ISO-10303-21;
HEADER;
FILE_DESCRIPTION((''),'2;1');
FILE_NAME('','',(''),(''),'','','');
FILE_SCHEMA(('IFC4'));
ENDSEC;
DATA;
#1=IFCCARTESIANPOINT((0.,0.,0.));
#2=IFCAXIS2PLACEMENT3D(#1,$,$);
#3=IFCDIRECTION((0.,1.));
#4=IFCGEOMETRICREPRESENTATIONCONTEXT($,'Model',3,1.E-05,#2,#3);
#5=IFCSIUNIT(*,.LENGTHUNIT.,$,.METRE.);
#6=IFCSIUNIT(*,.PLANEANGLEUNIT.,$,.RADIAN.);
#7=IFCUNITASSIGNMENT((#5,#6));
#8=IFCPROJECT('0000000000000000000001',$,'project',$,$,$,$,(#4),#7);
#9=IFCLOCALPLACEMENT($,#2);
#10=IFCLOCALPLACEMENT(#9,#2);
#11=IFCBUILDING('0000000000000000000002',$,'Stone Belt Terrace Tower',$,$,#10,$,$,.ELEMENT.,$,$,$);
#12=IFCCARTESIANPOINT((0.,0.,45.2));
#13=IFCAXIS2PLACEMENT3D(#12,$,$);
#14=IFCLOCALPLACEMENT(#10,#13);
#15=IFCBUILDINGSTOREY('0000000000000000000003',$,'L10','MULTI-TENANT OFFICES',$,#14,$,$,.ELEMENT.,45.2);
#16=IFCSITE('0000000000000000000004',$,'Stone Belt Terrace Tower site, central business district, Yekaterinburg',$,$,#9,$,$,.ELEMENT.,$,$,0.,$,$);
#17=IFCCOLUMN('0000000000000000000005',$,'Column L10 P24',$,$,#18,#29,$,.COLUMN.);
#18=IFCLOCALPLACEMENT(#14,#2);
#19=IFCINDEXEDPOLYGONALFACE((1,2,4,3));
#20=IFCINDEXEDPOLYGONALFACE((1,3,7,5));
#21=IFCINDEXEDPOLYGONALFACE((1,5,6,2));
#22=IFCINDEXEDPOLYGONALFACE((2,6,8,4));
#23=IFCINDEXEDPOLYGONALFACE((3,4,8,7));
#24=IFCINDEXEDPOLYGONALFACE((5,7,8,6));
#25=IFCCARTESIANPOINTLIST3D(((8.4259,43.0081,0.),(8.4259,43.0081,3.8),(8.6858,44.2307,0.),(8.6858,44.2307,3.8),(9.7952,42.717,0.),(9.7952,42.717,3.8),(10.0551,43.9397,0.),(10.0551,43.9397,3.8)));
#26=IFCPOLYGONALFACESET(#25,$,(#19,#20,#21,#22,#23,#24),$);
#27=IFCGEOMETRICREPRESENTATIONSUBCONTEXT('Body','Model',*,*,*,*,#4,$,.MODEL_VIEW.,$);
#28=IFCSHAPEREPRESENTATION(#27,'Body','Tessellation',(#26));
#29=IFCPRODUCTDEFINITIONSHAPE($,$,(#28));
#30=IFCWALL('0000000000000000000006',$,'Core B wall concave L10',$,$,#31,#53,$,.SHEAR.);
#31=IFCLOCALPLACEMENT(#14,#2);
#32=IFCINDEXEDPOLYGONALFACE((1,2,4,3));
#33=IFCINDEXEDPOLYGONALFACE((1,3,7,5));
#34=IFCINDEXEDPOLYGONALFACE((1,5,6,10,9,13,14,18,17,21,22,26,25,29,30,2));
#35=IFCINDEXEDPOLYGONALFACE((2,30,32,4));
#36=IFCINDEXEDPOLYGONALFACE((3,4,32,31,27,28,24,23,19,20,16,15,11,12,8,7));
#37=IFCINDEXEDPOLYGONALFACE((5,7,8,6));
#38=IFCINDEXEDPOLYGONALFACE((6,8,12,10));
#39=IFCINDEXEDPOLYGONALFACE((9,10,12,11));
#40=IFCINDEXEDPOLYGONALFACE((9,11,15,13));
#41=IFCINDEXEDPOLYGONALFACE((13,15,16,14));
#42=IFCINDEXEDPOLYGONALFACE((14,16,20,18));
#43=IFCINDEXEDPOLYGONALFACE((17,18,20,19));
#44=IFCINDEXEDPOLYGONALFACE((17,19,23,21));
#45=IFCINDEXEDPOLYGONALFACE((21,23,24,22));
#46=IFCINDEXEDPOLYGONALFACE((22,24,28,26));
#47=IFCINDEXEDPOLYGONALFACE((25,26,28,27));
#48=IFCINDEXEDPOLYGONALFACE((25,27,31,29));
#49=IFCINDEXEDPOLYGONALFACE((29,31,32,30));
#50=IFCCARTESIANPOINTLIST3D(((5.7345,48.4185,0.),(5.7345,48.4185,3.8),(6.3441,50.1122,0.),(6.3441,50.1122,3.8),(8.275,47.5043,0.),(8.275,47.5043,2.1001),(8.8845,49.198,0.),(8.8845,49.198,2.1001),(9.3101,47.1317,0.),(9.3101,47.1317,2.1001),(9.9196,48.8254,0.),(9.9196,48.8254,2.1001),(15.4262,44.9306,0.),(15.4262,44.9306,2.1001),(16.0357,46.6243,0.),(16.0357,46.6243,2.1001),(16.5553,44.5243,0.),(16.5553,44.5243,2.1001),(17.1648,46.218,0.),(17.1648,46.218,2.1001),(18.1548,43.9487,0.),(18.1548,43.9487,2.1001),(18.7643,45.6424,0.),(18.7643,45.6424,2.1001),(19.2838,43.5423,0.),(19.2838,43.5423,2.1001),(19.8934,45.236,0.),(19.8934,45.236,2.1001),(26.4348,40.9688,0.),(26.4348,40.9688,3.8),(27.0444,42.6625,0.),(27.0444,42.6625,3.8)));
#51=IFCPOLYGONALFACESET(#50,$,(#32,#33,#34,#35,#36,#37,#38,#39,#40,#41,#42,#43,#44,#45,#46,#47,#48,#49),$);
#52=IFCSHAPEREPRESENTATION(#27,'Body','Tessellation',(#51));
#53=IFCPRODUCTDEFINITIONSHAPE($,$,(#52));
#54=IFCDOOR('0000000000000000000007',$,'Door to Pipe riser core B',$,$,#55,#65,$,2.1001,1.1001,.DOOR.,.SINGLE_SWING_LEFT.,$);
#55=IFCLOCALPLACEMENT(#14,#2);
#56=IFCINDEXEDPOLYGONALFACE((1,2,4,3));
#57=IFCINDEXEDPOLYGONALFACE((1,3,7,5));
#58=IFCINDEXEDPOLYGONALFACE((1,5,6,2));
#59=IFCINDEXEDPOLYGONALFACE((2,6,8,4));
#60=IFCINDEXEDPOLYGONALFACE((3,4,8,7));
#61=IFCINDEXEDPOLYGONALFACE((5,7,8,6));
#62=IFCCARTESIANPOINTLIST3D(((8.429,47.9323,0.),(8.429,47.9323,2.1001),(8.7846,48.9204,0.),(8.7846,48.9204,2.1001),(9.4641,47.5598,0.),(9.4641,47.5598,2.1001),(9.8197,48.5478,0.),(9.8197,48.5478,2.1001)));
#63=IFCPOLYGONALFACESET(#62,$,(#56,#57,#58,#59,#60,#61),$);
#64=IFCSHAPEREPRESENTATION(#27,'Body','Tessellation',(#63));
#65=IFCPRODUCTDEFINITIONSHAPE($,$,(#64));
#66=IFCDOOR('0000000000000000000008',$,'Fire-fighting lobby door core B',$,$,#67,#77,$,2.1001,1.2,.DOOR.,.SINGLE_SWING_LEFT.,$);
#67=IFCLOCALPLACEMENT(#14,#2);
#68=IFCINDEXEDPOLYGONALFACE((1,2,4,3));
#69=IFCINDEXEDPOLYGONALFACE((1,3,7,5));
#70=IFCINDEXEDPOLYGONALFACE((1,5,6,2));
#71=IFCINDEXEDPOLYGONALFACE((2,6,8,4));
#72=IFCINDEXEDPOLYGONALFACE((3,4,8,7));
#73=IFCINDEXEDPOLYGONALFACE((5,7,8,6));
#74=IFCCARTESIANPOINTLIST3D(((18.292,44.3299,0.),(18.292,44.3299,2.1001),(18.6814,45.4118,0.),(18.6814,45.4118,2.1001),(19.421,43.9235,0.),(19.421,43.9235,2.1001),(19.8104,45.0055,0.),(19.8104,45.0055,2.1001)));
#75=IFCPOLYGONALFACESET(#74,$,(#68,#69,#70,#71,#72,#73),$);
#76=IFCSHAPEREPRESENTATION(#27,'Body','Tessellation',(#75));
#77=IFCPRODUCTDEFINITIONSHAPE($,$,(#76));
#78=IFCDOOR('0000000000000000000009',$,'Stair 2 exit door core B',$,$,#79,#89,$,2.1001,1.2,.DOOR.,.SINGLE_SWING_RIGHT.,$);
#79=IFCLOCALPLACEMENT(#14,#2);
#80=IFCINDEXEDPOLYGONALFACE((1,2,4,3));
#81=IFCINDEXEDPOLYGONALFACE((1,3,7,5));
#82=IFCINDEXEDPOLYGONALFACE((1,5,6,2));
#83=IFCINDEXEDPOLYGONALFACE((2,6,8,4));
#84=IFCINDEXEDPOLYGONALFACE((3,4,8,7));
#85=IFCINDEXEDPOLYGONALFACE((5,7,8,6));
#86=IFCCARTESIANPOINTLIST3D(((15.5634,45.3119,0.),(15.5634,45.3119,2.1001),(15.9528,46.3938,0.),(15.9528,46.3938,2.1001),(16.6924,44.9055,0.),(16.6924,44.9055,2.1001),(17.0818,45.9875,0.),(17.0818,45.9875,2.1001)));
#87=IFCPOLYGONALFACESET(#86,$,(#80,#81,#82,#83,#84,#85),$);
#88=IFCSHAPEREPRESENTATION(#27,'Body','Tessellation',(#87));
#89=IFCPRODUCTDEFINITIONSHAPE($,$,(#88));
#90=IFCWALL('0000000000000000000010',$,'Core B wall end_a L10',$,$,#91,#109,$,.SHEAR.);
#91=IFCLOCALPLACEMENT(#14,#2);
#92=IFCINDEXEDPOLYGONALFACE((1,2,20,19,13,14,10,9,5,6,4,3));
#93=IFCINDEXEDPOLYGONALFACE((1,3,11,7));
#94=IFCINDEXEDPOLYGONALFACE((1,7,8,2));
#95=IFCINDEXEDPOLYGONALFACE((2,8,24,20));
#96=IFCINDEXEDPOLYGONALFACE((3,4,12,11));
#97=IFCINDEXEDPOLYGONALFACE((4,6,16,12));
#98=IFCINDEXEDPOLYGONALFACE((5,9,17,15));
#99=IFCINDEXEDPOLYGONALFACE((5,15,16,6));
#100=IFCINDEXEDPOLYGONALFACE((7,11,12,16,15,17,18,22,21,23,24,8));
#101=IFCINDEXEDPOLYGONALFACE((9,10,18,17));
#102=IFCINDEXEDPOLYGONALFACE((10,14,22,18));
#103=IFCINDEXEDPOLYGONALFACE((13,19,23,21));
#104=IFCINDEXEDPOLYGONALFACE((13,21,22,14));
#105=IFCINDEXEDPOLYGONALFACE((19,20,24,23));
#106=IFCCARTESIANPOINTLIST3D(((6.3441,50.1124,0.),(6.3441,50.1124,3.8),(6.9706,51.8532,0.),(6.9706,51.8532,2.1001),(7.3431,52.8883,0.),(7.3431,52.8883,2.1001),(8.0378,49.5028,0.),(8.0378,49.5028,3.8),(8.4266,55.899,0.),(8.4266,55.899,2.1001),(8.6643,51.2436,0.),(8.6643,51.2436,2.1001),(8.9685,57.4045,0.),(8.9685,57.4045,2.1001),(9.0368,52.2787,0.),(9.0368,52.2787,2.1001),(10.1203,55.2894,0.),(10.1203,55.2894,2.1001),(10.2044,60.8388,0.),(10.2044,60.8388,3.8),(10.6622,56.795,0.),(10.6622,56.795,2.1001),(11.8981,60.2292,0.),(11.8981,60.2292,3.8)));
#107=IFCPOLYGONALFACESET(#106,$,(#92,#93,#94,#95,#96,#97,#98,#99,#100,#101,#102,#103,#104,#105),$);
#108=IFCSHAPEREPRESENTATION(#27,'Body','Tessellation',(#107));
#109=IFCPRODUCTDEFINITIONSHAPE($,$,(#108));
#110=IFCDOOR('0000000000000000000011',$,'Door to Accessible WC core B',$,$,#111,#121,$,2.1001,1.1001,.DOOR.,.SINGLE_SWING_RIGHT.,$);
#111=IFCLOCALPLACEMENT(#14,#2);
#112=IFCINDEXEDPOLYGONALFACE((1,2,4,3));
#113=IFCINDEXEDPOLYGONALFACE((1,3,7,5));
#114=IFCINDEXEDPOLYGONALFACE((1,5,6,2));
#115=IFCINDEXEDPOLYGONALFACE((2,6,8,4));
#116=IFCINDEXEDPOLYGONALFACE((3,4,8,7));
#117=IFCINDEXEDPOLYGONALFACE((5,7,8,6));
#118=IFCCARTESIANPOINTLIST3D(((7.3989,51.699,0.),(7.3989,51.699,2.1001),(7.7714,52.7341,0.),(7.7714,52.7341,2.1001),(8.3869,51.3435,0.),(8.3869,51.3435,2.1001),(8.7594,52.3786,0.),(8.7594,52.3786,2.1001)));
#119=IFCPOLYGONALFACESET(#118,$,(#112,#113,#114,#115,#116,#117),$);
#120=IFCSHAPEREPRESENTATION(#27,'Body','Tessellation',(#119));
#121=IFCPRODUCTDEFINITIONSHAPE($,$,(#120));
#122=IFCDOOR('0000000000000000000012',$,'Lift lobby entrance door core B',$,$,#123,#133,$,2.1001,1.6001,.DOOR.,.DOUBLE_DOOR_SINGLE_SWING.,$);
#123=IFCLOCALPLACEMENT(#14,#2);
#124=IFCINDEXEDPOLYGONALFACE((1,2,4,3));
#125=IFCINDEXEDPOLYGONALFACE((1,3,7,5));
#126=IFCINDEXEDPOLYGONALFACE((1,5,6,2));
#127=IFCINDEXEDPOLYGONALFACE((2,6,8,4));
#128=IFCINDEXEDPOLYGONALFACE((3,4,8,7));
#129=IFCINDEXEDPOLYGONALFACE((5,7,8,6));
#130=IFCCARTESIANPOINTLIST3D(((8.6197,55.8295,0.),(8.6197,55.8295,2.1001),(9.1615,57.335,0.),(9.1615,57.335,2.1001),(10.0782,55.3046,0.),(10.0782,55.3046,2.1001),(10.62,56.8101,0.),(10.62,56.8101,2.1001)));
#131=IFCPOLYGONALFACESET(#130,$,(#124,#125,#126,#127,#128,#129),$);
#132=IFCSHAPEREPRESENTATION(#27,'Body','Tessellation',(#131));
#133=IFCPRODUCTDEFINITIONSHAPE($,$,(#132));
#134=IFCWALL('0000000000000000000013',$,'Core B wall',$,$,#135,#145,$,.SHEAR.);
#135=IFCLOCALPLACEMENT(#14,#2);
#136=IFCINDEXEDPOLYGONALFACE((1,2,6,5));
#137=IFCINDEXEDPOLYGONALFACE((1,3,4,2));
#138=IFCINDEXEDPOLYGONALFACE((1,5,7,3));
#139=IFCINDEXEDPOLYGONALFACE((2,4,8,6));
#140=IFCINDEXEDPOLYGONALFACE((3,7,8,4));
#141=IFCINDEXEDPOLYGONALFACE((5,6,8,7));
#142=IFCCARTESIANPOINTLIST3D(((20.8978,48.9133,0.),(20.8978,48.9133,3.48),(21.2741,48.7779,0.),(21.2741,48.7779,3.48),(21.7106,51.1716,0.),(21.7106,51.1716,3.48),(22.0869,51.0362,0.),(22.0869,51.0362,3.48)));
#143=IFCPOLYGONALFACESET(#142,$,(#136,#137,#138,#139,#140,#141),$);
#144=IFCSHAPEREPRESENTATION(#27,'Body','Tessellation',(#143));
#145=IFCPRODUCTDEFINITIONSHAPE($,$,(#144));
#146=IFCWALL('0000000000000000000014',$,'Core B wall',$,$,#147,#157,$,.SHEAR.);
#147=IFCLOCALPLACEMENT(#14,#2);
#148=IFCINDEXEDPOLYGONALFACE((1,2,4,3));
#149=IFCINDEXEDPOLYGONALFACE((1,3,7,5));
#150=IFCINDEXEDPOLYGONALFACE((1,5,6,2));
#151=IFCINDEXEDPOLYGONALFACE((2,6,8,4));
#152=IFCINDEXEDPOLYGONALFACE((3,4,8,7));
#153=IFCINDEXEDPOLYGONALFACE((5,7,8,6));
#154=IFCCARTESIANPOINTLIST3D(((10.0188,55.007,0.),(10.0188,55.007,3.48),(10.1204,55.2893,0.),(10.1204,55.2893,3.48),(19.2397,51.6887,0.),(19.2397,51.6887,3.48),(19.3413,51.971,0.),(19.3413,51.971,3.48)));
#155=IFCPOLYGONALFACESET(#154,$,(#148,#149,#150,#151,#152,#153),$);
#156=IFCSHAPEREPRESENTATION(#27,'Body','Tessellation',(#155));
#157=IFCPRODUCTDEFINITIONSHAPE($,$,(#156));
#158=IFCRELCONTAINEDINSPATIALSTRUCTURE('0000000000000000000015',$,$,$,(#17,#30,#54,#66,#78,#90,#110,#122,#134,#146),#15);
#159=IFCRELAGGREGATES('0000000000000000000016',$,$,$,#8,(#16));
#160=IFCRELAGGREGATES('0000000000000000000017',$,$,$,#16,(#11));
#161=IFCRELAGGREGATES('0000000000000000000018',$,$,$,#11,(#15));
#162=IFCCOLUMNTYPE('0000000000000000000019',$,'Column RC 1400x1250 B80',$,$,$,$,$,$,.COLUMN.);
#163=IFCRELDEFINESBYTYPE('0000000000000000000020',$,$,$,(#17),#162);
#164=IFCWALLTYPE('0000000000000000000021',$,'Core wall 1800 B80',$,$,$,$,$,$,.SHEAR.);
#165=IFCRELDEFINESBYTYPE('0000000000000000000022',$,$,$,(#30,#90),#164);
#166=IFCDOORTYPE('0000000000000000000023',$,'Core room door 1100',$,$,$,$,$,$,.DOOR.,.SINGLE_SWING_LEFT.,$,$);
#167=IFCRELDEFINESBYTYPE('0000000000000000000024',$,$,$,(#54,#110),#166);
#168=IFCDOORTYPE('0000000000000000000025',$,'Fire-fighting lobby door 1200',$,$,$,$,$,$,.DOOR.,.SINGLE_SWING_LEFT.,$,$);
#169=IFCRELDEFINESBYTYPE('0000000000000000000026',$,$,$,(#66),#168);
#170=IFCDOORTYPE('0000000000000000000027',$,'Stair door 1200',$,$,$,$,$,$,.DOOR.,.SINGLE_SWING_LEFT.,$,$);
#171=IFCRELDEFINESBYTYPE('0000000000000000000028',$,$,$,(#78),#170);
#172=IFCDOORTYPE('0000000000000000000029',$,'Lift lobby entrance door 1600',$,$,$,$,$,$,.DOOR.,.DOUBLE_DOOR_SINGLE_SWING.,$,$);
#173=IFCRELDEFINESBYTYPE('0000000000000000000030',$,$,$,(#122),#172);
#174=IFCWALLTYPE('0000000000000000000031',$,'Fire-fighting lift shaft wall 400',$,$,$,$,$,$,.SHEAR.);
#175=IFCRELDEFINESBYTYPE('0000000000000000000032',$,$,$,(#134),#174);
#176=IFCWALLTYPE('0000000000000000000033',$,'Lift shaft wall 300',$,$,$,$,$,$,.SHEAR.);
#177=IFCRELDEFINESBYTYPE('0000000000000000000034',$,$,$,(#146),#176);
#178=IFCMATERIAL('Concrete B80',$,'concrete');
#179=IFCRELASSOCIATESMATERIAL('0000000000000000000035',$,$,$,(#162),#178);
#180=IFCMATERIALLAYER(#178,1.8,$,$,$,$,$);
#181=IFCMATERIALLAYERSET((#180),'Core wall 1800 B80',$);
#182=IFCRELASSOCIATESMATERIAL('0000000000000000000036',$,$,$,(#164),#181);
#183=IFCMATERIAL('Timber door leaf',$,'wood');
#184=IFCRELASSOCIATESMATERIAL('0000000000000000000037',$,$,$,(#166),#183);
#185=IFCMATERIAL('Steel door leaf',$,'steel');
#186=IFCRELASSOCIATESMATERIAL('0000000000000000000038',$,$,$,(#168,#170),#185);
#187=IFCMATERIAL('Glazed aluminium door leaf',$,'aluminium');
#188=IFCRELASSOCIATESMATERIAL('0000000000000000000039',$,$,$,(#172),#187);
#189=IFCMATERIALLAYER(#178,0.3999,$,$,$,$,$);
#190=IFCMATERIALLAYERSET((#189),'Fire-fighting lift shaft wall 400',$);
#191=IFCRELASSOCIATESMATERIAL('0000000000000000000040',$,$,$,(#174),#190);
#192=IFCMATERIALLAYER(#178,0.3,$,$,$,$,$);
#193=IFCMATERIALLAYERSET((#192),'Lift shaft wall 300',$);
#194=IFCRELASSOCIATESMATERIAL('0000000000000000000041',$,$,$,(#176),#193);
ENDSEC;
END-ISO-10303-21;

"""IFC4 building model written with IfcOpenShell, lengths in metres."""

from ifc_helpers import new_model, si_unit, direction, frame, frame_2d, origin, origin_2d, place, context, subcontext, project, spatial, rectangle, extrude, material, layer, layer_set, material_profile, profile_set, type_object, element, fill, save


model = new_model("IFC4")

# Units and contexts
model_context = context("Model", 3, precision=1e-05, world=origin(), true_north=direction((0.0, 1.0)))
body_context = subcontext(model_context, "Body", "Model", "MODEL_VIEW")
ifc_project = project(units=[si_unit("LENGTHUNIT", "METRE"), si_unit("PLANEANGLEUNIT", "RADIAN")], contexts=[model_context])

# Site, building, storey
site_placement = place(None, origin())
site = spatial("IfcSite", under=ifc_project, at=site_placement, Name="Stone Belt Terrace Tower site, central business district, Yekaterinburg", CompositionType="ELEMENT", RefElevation=0.0)
building_placement = place(site_placement, origin())
building = spatial("IfcBuilding", under=site, at=building_placement, Name="Stone Belt Terrace Tower", CompositionType="ELEMENT")
storey_placement = place(building_placement, frame((0.0, 0.0, 45.2)))
storey = spatial("IfcBuildingStorey", under=building, at=storey_placement, Name="L10", Description="MULTI-TENANT OFFICES", CompositionType="ELEMENT", Elevation=45.2)

# Column
ifc_material_1 = material(Name="Concrete B80", Category="concrete")
ifc_material_profile = material_profile(ifc_material_1, rectangle(XDim=1.3999, YDim=1.25, at=origin_2d()), Name="RC 1400x1250")
ifc_profile_set = profile_set([ifc_material_profile], Name="Concrete B80")
column_type = type_object("IfcColumnType", Name="Column RC 1400x1250 B80", PredefinedType="COLUMN", material=ifc_profile_set)
column_placement = place(storey_placement, frame((9.2405, 43.4739, 0.0), z_axis=(0.0, 0.0, 1.0), x_axis=(0.978148, -0.207912, 0.0)))
element("IfcColumn", 1, at=column_placement, inside=storey, type_object=column_type, Name="Column L10 P24", PredefinedType="COLUMN", context=body_context, shape_type="SweptSolid", body=[
    extrude(rectangle(XDim=1.3999, YDim=1.25, at=origin_2d()), origin(), (0.0, 0.0, 1.0), 3.8),
])

# Walls, openings, doors
ifc_layer_1 = layer(ifc_material_1, 1.8)
ifc_layer_set_1 = layer_set([ifc_layer_1], Name="Core wall 1800 B80")
wall_type_1 = type_object("IfcWallType", Name="Core wall 1800 B80", PredefinedType="SHEAR", material=ifc_layer_set_1)
wall_1_placement = place(storey_placement, frame((6.0393, 49.2654, 0.0), z_axis=(0.0, 0.0, 1.0), x_axis=(0.940922, -0.338624, 0.0)))
wall_1 = element("IfcWall", 2, at=wall_1_placement, inside=storey, type_object=wall_type_1, Name="Core B wall concave L10", PredefinedType="SHEAR", context=body_context, shape_type="SweptSolid", body=[
    extrude(rectangle(XDim=22.0, YDim=1.8, at=frame_2d((11.0, 0.0))), origin(), (0.0, 0.0, 1.0), 3.8),
])
opening_1_placement = place(wall_1_placement, frame((13.2, 0.0, 0.0)))
opening_1 = element("IfcOpeningElement", 3, at=opening_1_placement, cuts=wall_1, PredefinedType="OPENING", context=body_context, shape_type="SweptSolid", body=[
    extrude(rectangle(XDim=1.2, YDim=2.1001, at=frame_2d((0.6001, 1.05))), frame((0.0, 0.9099, 0.0), z_axis=(0.0, -1.0, 0.0), x_axis=(1.0, 0.0, 0.0)), (0.0, 0.0, 1.0), 1.8201),
])
opening_2_placement = place(wall_1_placement, frame((10.3, 0.0, 0.0)))
opening_2 = element("IfcOpeningElement", 4, at=opening_2_placement, cuts=wall_1, PredefinedType="OPENING", context=body_context, shape_type="SweptSolid", body=[
    extrude(rectangle(XDim=1.2, YDim=2.1001, at=frame_2d((0.6001, 1.05))), frame((0.0, 0.9099, 0.0), z_axis=(0.0, -1.0, 0.0), x_axis=(1.0, 0.0, 0.0)), (0.0, 0.0, 1.0), 1.8201),
])
opening_3_placement = place(wall_1_placement, frame((2.7, 0.0, 0.0)))
opening_3 = element("IfcOpeningElement", 5, at=opening_3_placement, cuts=wall_1, PredefinedType="OPENING", context=body_context, shape_type="SweptSolid", body=[
    extrude(rectangle(XDim=1.1001, YDim=2.1001, at=frame_2d((0.55, 1.05))), frame((0.0, 0.9099, 0.0), z_axis=(0.0, -1.0, 0.0), x_axis=(1.0, 0.0, 0.0)), (0.0, 0.0, 1.0), 1.8201),
])
ifc_material_2 = material(Name="Timber door leaf", Category="wood")
door_type_1 = type_object("IfcDoorType", Name="Core room door 1100", OperationType="SINGLE_SWING_LEFT", PredefinedType="DOOR", material=ifc_material_2)
door_1_placement = place(opening_3_placement, origin())
door_1 = element("IfcDoor", 6, at=door_1_placement, inside=storey, type_object=door_type_1, Name="Door to Pipe riser core B", OperationType="SINGLE_SWING_LEFT", OverallHeight=2.1001, OverallWidth=1.1001, PredefinedType="DOOR", context=body_context, shape_type="SweptSolid", body=[
    extrude(rectangle(XDim=1.1001, YDim=2.1001, at=frame_2d((0.55, 1.05))), frame((0.0, 0.605, 0.0), z_axis=(0.0, -1.0, 0.0), x_axis=(1.0, 0.0, 0.0)), (0.0, 0.0, 1.0), 1.05),
])
fill(opening_3, door_1)
ifc_material_3 = material(Name="Steel door leaf", Category="steel")
door_type_2 = type_object("IfcDoorType", Name="Fire-fighting lobby door 1200", OperationType="SINGLE_SWING_LEFT", PredefinedType="DOOR", material=ifc_material_3)
door_2_placement = place(opening_1_placement, origin())
door_2 = element("IfcDoor", 7, at=door_2_placement, inside=storey, type_object=door_type_2, Name="Fire-fighting lobby door core B", OperationType="SINGLE_SWING_LEFT", OverallHeight=2.1001, OverallWidth=1.2, PredefinedType="DOOR", context=body_context, shape_type="SweptSolid", body=[
    extrude(rectangle(XDim=1.2, YDim=2.1001, at=frame_2d((0.6001, 1.05))), frame((0.0, 0.655, 0.0), z_axis=(0.0, -1.0, 0.0), x_axis=(1.0, 0.0, 0.0)), (0.0, 0.0, 1.0), 1.1499),
])
fill(opening_1, door_2)
door_type_3 = type_object("IfcDoorType", Name="Stair door 1200", OperationType="SINGLE_SWING_LEFT", PredefinedType="DOOR", material=ifc_material_3)
door_3_placement = place(opening_2_placement, origin())
door_3 = element("IfcDoor", 8, at=door_3_placement, inside=storey, type_object=door_type_3, Name="Stair 2 exit door core B", OperationType="SINGLE_SWING_RIGHT", OverallHeight=2.1001, OverallWidth=1.2, PredefinedType="DOOR", context=body_context, shape_type="SweptSolid", body=[
    extrude(rectangle(XDim=1.2, YDim=2.1001, at=frame_2d((0.6001, 1.05))), frame((0.0, 0.655, 0.0), z_axis=(0.0, -1.0, 0.0), x_axis=(1.0, 0.0, 0.0)), (0.0, 0.0, 1.0), 1.1499),
])
fill(opening_2, door_3)
wall_2_placement = place(storey_placement, frame((7.1909, 49.8076, 0.0), z_axis=(0.0, 0.0, 1.0), x_axis=(0.338632, 0.940919, 0.0)))
wall_2 = element("IfcWall", 9, at=wall_2_placement, inside=storey, type_object=wall_type_1, Name="Core B wall end_a L10", PredefinedType="SHEAR", context=body_context, shape_type="SweptSolid", body=[
    extrude(rectangle(XDim=11.3999, YDim=1.8, at=frame_2d((5.7, 0.0))), origin(), (0.0, 0.0, 1.0), 3.8),
])
opening_4_placement = place(wall_2_placement, frame((6.1499, 0.0, 0.0)))
opening_4 = element("IfcOpeningElement", 10, at=opening_4_placement, cuts=wall_2, PredefinedType="OPENING", context=body_context, shape_type="SweptSolid", body=[
    extrude(rectangle(XDim=1.6001, YDim=2.1001, at=frame_2d((0.8, 1.05))), frame((0.0, 0.9099, 0.0), z_axis=(0.0, -1.0, 0.0), x_axis=(1.0, 0.0, 0.0)), (0.0, 0.0, 1.0), 1.8201),
])
opening_5_placement = place(wall_2_placement, frame((1.8501, 0.0, 0.0)))
opening_5 = element("IfcOpeningElement", 11, at=opening_5_placement, cuts=wall_2, PredefinedType="OPENING", context=body_context, shape_type="SweptSolid", body=[
    extrude(rectangle(XDim=1.1001, YDim=2.1001, at=frame_2d((0.55, 1.05))), frame((0.0, 0.9099, 0.0), z_axis=(0.0, -1.0, 0.0), x_axis=(1.0, 0.0, 0.0)), (0.0, 0.0, 1.0), 1.8201),
])
door_4_placement = place(opening_5_placement, origin())
door_4 = element("IfcDoor", 12, at=door_4_placement, inside=storey, type_object=door_type_1, Name="Door to Accessible WC core B", OperationType="SINGLE_SWING_RIGHT", OverallHeight=2.1001, OverallWidth=1.1001, PredefinedType="DOOR", context=body_context, shape_type="SweptSolid", body=[
    extrude(rectangle(XDim=1.1001, YDim=2.1001, at=frame_2d((0.55, 1.05))), frame((0.0, 0.4448, 0.0), z_axis=(0.0, -1.0, 0.0), x_axis=(1.0, 0.0, 0.0)), (0.0, 0.0, 1.0), 1.05),
])
fill(opening_5, door_4)
ifc_material_4 = material(Name="Glazed aluminium door leaf", Category="aluminium")
door_type_4 = type_object("IfcDoorType", Name="Lift lobby entrance door 1600", OperationType="DOUBLE_DOOR_SINGLE_SWING", PredefinedType="DOOR", material=ifc_material_4)
door_5_placement = place(opening_4_placement, origin())
door_5 = element("IfcDoor", 13, at=door_5_placement, inside=storey, type_object=door_type_4, Name="Lift lobby entrance door core B", OperationType="DOUBLE_DOOR_SINGLE_SWING", OverallHeight=2.1001, OverallWidth=1.6001, PredefinedType="DOOR", context=body_context, shape_type="SweptSolid", body=[
    extrude(rectangle(XDim=1.6001, YDim=2.1001, at=frame_2d((0.8, 1.05))), frame((0.0, 0.6948, 0.0), z_axis=(0.0, -1.0, 0.0), x_axis=(1.0, 0.0, 0.0)), (0.0, 0.0, 1.0), 1.55),
])
fill(opening_4, door_5)

# Walls
ifc_layer_2 = layer(ifc_material_1, 0.3999)
ifc_layer_set_2 = layer_set([ifc_layer_2], Name="Fire-fighting lift shaft wall 400")
wall_type_2 = type_object("IfcWallType", Name="Fire-fighting lift shaft wall 400", PredefinedType="SHEAR", material=ifc_layer_set_2)
wall_3_placement = place(storey_placement, frame((21.0859, 48.8455, 0.0), z_axis=(0.0, 0.0, 1.0), x_axis=(0.338629, 0.94092, 0.0)))
element("IfcWall", 14, at=wall_3_placement, inside=storey, type_object=wall_type_2, Name="Core B wall", PredefinedType="SHEAR", context=body_context, shape_type="SweptSolid", body=[
    extrude(rectangle(XDim=2.4001, YDim=0.3999, at=frame_2d((1.2002, 0.0))), origin(), (0.0, 0.0, 1.0), 3.48),
])
ifc_layer_3 = layer(ifc_material_1, 0.3)
ifc_layer_set_3 = layer_set([ifc_layer_3], Name="Lift shaft wall 300")
wall_type_3 = type_object("IfcWallType", Name="Lift shaft wall 300", PredefinedType="SHEAR", material=ifc_layer_set_3)
wall_4_placement = place(storey_placement, frame((19.2905, 51.8298, 0.0), z_axis=(0.0, 0.0, 1.0), x_axis=(-0.940926, 0.338613, 0.0)))
element("IfcWall", 15, at=wall_4_placement, inside=storey, type_object=wall_type_3, Name="Core B wall", PredefinedType="SHEAR", context=body_context, shape_type="SweptSolid", body=[
    extrude(rectangle(XDim=9.7998, YDim=0.3, at=frame_2d((4.8999, 0.0))), origin(), (0.0, 0.0, 1.0), 3.48),
])

save(model, "model.ifc")
